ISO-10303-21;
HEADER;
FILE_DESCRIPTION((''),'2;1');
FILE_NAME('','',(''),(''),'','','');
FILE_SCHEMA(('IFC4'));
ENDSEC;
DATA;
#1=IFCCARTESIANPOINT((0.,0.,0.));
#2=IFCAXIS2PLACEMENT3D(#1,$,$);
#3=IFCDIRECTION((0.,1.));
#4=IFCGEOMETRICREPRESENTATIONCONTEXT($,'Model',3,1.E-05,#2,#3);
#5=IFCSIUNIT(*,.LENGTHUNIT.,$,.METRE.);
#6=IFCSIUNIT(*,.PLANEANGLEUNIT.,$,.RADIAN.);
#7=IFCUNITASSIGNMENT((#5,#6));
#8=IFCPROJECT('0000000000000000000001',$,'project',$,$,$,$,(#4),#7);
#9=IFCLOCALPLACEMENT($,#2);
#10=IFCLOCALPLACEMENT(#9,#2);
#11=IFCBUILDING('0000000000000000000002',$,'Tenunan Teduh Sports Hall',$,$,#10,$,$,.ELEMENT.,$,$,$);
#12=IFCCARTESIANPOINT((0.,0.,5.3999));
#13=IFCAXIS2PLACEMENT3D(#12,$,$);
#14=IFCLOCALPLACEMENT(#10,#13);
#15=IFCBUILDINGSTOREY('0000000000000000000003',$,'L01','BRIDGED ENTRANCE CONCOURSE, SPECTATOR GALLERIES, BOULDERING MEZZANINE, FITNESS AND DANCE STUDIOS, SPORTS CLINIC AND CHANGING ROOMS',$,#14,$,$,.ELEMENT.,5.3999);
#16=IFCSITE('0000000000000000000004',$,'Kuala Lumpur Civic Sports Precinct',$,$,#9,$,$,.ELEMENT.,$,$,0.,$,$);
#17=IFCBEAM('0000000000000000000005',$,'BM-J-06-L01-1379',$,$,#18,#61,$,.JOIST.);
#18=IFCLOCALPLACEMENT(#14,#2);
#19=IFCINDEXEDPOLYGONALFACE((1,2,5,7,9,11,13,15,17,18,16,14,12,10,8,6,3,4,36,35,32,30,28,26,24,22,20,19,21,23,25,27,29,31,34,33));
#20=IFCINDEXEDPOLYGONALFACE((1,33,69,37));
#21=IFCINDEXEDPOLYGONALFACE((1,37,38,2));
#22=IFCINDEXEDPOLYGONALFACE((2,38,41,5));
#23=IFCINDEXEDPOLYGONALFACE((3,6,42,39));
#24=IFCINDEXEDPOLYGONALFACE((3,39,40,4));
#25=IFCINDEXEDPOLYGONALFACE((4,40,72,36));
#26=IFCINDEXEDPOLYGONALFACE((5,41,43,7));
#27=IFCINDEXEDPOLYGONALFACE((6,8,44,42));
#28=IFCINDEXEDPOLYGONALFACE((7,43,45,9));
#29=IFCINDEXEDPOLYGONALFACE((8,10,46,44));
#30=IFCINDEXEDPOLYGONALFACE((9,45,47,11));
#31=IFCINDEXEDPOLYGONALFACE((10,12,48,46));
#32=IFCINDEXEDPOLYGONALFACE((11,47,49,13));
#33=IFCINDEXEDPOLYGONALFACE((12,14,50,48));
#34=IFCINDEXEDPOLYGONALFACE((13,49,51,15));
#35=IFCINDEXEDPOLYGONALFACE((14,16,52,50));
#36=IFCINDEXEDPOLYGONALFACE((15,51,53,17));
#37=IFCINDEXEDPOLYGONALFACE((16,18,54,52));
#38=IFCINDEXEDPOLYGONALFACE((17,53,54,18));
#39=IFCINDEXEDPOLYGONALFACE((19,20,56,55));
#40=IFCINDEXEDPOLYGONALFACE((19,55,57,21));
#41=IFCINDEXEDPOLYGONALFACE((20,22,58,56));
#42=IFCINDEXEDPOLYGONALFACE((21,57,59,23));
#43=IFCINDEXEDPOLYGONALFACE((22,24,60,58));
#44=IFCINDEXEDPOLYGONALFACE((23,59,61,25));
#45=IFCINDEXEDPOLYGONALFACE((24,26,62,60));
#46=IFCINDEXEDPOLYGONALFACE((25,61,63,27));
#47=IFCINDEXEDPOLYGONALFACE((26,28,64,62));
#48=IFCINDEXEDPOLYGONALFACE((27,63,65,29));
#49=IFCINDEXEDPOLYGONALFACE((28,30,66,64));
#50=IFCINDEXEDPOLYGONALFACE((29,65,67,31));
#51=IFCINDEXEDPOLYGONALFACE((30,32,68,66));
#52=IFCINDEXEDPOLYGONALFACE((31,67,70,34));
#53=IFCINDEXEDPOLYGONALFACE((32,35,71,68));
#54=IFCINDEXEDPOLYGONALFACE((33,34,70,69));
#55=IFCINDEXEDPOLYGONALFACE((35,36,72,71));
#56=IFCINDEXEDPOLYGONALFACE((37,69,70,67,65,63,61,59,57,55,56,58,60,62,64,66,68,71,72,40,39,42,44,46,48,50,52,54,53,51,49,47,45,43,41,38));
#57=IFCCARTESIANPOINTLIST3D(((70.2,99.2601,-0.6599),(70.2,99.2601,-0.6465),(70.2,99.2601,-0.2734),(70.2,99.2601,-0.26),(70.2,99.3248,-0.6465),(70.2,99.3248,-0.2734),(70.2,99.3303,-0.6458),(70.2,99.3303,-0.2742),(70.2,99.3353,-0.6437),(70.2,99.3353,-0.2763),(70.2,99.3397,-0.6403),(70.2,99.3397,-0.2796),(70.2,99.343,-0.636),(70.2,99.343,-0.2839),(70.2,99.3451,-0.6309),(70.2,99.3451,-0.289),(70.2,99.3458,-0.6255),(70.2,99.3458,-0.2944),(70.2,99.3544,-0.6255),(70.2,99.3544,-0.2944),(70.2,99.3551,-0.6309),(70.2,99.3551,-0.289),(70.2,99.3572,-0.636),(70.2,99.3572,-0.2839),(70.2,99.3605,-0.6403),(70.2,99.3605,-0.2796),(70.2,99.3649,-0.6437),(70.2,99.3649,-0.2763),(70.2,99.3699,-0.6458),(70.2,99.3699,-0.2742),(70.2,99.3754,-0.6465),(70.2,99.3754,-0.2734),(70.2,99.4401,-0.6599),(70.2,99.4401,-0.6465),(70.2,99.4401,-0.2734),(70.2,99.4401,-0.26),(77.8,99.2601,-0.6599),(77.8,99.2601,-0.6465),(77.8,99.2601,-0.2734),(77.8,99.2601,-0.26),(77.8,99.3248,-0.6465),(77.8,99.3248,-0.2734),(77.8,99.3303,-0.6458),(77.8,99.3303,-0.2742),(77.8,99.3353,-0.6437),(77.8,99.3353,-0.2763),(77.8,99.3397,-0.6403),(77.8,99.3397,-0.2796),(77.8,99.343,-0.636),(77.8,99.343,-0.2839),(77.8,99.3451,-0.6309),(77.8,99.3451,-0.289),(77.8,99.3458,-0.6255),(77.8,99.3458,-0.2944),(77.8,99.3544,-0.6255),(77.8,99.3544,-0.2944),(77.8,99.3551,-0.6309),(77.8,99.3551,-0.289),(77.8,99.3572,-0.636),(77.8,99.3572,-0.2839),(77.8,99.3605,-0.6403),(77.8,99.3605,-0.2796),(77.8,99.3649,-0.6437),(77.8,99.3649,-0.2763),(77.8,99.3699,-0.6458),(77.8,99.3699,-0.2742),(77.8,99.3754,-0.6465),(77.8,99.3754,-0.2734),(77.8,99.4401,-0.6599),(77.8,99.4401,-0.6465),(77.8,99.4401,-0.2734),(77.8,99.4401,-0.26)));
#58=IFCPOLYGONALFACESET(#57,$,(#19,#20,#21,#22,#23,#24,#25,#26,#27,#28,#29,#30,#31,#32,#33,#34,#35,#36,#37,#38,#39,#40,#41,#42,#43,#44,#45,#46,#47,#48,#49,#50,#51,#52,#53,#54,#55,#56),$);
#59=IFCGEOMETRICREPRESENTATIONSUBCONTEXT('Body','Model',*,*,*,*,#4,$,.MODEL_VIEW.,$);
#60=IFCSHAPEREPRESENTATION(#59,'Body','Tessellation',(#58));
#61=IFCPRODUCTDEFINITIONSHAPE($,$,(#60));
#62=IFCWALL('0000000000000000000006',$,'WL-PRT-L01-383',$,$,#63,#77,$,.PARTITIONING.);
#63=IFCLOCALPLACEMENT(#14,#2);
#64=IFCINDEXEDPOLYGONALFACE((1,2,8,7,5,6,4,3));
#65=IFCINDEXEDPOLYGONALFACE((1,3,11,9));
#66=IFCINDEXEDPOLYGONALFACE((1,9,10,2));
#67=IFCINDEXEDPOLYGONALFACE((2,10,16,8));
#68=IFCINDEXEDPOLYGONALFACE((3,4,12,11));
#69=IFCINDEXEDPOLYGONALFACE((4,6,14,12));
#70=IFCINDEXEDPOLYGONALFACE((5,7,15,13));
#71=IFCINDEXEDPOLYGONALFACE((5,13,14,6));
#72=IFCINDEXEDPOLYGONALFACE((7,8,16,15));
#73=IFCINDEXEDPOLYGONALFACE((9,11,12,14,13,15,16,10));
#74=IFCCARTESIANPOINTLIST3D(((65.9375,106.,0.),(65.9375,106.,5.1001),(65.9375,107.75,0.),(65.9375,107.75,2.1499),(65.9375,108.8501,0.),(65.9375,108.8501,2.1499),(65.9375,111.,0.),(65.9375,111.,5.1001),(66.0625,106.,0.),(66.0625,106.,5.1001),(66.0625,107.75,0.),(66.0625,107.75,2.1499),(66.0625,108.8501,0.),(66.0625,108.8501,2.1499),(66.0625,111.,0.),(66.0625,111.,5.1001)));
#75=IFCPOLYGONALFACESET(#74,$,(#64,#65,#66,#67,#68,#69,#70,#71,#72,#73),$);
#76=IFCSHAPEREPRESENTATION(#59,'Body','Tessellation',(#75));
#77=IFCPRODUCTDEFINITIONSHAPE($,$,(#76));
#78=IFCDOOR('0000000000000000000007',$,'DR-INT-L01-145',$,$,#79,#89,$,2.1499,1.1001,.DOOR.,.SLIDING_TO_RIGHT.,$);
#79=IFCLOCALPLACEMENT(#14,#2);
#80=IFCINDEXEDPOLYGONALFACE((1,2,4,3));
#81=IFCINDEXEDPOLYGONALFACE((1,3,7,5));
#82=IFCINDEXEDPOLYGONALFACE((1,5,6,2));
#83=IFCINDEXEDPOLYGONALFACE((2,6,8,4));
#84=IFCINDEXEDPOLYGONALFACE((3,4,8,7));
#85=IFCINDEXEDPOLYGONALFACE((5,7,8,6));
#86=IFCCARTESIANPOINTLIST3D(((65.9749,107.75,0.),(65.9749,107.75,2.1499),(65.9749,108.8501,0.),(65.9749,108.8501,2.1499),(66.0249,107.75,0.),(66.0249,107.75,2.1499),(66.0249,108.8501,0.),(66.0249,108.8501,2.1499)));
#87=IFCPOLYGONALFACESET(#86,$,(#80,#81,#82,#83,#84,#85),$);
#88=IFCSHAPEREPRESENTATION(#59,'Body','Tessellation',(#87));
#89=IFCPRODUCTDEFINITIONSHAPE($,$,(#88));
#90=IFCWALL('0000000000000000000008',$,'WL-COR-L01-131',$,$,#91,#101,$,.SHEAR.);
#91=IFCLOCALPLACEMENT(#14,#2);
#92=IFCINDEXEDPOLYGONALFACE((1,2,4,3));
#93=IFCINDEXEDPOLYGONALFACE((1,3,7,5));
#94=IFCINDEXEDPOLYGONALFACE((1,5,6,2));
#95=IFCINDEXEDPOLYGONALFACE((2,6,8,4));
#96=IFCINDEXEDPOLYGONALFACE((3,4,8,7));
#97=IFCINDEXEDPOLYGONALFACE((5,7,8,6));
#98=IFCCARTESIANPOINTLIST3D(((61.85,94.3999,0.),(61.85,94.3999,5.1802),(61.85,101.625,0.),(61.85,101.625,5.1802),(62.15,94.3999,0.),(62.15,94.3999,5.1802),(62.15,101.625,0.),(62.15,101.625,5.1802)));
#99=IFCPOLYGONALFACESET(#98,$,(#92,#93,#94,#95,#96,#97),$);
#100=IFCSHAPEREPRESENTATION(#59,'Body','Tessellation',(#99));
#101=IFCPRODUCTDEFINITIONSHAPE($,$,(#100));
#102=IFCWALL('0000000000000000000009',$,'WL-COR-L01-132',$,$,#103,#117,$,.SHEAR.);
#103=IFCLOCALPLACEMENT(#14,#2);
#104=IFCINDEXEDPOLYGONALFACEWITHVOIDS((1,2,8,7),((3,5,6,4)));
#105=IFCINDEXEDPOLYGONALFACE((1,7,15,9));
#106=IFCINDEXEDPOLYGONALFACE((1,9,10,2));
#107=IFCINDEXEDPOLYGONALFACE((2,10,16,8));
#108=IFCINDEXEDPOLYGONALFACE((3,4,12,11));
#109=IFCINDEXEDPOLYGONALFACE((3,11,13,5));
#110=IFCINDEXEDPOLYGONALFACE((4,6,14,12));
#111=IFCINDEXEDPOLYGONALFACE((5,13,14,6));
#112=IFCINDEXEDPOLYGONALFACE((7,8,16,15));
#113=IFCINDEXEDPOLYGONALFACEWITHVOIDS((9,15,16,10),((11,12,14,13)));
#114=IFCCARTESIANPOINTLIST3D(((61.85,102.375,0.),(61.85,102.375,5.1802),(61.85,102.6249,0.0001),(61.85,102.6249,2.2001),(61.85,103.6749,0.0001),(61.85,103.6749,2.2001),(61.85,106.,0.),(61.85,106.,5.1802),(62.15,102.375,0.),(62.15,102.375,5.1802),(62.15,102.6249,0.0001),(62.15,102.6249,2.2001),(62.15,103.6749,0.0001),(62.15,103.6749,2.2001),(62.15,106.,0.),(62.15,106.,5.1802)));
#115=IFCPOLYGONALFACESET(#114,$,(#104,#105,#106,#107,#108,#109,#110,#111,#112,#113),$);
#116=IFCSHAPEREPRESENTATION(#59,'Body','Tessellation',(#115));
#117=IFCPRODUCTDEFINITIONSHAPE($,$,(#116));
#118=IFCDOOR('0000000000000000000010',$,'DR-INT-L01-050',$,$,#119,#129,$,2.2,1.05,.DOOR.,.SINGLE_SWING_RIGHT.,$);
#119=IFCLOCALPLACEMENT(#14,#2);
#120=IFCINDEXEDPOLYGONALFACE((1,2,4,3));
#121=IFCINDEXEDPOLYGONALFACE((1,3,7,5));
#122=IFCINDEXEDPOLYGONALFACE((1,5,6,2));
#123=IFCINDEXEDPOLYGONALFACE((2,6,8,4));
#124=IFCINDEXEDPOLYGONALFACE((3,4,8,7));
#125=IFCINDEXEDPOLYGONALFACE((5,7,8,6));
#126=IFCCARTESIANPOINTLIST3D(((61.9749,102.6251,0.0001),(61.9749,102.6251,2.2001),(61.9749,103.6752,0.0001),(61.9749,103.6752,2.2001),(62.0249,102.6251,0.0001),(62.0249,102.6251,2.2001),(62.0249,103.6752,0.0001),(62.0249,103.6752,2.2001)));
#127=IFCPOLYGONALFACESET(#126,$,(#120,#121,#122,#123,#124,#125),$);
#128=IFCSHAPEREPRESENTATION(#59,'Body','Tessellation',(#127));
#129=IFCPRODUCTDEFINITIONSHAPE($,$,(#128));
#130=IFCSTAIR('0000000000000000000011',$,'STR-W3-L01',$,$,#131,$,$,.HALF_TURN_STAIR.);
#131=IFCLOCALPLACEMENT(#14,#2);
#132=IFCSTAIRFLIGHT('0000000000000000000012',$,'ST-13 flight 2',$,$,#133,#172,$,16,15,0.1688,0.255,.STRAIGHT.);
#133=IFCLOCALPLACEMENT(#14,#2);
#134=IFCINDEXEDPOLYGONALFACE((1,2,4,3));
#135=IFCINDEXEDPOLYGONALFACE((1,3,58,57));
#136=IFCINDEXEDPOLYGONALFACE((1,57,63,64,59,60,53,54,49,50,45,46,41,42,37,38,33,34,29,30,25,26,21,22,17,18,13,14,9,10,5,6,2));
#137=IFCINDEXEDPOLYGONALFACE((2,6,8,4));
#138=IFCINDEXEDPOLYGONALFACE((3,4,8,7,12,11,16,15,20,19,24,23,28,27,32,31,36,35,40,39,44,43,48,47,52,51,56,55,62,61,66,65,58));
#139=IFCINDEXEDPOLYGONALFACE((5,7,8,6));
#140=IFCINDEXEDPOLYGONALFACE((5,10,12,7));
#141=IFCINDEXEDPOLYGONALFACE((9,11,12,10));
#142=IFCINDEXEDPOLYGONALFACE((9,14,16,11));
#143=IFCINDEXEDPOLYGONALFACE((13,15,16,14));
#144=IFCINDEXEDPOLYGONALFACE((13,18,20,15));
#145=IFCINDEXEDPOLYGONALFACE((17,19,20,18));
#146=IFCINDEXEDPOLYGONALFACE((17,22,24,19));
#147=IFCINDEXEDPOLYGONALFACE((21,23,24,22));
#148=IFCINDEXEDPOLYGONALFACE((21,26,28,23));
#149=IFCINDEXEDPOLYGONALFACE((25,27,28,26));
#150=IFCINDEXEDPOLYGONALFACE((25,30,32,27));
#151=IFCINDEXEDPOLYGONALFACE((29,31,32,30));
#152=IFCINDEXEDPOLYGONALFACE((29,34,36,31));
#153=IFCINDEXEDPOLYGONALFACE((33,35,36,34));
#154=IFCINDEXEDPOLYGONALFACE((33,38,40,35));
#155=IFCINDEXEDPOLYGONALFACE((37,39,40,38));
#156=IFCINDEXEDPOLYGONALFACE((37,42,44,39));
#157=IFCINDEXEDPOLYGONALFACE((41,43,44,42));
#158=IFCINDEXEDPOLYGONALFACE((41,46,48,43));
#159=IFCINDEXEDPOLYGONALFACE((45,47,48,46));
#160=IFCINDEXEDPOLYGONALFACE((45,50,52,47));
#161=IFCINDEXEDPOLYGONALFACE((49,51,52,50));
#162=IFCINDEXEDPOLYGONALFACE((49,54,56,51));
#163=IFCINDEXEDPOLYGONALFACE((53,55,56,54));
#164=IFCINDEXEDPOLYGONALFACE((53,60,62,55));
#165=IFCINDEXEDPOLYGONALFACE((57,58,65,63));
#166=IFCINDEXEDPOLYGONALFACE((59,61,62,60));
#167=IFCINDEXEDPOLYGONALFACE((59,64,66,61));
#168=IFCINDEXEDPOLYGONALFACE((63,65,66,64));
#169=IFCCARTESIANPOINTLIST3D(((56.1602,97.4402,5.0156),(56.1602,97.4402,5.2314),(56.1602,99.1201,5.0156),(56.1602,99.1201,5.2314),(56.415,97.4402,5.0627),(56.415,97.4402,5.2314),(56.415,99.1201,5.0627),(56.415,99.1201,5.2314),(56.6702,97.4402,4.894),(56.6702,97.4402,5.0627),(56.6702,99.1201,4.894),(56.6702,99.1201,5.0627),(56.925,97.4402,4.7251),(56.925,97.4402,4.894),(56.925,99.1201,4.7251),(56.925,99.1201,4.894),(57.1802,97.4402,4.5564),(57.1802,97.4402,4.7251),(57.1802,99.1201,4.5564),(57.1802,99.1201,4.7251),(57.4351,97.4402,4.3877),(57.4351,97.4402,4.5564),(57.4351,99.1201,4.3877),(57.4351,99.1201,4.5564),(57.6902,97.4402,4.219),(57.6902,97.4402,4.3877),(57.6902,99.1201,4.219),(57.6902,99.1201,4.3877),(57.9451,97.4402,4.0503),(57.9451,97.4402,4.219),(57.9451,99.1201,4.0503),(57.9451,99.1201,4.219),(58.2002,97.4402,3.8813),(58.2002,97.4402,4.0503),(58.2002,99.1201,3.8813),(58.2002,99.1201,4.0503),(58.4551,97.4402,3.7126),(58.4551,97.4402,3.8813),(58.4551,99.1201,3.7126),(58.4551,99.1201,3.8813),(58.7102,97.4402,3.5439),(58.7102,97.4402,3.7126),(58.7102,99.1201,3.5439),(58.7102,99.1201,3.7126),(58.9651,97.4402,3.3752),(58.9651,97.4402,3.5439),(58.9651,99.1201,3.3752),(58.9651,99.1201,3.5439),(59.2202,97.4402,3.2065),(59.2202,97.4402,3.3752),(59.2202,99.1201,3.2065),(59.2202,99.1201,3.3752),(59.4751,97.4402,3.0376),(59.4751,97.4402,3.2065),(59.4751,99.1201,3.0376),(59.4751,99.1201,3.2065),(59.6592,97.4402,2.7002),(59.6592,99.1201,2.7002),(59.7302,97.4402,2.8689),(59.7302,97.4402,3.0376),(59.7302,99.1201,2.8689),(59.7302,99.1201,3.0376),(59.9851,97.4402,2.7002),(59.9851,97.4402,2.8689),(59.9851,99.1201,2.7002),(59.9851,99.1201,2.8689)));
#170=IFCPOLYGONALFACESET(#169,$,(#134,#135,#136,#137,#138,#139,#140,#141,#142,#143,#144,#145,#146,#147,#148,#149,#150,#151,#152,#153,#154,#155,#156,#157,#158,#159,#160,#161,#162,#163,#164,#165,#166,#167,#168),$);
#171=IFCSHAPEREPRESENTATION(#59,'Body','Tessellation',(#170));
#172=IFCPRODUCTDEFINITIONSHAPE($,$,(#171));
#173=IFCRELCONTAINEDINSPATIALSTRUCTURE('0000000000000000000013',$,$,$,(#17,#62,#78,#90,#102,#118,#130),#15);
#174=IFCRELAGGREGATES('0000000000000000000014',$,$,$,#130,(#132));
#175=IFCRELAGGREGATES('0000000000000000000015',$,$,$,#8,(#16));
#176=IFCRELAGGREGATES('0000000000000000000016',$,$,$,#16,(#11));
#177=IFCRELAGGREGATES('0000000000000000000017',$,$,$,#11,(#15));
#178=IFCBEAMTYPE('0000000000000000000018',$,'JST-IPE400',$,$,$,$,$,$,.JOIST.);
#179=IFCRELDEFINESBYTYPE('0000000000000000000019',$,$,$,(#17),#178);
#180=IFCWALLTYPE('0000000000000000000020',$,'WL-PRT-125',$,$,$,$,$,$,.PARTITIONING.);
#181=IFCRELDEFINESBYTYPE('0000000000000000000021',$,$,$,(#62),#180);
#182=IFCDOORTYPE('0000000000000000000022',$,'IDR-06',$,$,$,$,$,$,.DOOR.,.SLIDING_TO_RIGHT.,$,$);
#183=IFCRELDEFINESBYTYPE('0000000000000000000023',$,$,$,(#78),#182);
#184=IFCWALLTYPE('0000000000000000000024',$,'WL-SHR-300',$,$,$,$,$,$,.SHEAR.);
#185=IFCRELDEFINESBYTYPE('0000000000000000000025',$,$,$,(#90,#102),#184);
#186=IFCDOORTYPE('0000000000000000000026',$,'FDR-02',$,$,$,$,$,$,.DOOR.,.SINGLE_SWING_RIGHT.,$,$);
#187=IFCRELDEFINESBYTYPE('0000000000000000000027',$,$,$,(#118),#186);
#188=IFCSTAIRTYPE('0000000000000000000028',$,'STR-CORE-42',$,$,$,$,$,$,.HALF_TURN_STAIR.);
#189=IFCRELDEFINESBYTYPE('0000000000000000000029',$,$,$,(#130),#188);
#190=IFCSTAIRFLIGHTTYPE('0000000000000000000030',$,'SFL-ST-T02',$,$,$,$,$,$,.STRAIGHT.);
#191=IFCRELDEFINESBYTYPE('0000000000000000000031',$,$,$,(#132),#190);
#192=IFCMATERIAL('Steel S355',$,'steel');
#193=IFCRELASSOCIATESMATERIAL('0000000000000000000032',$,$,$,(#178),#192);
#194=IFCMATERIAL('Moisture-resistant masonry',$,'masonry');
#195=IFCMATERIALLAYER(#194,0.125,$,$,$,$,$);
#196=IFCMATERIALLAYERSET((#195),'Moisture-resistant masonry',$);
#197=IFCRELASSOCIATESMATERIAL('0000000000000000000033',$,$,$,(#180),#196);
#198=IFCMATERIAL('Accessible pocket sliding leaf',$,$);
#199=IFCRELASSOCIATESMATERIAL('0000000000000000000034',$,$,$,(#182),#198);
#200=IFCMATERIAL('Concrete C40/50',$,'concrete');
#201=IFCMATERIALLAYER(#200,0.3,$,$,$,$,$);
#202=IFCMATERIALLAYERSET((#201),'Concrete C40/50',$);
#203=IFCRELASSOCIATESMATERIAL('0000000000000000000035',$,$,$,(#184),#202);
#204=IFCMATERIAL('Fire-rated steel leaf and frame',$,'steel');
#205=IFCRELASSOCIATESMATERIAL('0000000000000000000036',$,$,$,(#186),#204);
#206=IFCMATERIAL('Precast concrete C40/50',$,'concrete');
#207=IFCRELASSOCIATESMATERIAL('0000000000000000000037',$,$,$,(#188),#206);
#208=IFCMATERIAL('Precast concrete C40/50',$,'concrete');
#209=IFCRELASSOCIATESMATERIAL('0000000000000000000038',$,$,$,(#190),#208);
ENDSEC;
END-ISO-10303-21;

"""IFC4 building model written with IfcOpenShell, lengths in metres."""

from ifc_helpers import new_model, si_unit, direction, frame, frame_2d, origin, origin_2d, place, context, subcontext, project, spatial, polyline, rectangle, i_section, outline, extrude, material, layer, layer_set, material_profile, profile_set, type_object, element, fill, aggregate, save


model = new_model("IFC4")

# Units and contexts
model_context = context("Model", 3, precision=1e-05, world=origin(), true_north=direction((0.0, 1.0)))
body_context = subcontext(model_context, "Body", "Model", "MODEL_VIEW")
ifc_project = project(units=[si_unit("LENGTHUNIT", "METRE"), si_unit("PLANEANGLEUNIT", "RADIAN")], contexts=[model_context])

# Site, building, storey
site_placement = place(None, origin())
site = spatial("IfcSite", under=ifc_project, at=site_placement, Name="Kuala Lumpur Civic Sports Precinct", CompositionType="ELEMENT", RefElevation=0.0)
building_placement = place(site_placement, origin())
building = spatial("IfcBuilding", under=site, at=building_placement, Name="Tenunan Teduh Sports Hall", CompositionType="ELEMENT")
storey_placement = place(building_placement, frame((0.0, 0.0, 5.3999)))
storey = spatial("IfcBuildingStorey", under=building, at=storey_placement, Name="L01", Description="BRIDGED ENTRANCE CONCOURSE, SPECTATOR GALLERIES, BOULDERING MEZZANINE, FITNESS AND DANCE STUDIOS, SPORTS CLINIC AND CHANGING ROOMS", CompositionType="ELEMENT", Elevation=5.3999)

# Beam
ifc_material_1 = material(Name="Steel S355", Category="steel")
ifc_material_profile_1 = material_profile(ifc_material_1, i_section(OverallWidth=0.1799, OverallDepth=0.3999, WebThickness=0.0085, FlangeThickness=0.0134, FilletRadius=0.021, at=origin_2d()), Name="IPE 400")
ifc_profile_set_1 = profile_set([ifc_material_profile_1], Name="Steel S355")
beam_type_1 = type_object("IfcBeamType", Name="JST-IPE400", PredefinedType="JOIST", material=ifc_profile_set_1)
beam_1_placement = place(storey_placement, frame((70.2, 99.3501, -0.46), z_axis=(1.0, 0.0, 0.0), x_axis=(0.0, 1.0, 0.0)))
element("IfcBeam", 1, at=beam_1_placement, inside=storey, type_object=beam_type_1, Name="BM-J-06-L01-1379", PredefinedType="JOIST", context=body_context, shape_type="SweptSolid", body=[
    extrude(i_section(OverallWidth=0.1799, OverallDepth=0.3999, WebThickness=0.0085, FlangeThickness=0.0134, FilletRadius=0.021, at=origin_2d()), origin(), (0.0, 0.0, 1.0), 7.6001),
])

# Wall, opening, door
ifc_material_2 = material(Name="Moisture-resistant masonry", Category="masonry")
ifc_layer_1 = layer(ifc_material_2, 0.125)
ifc_layer_set_1 = layer_set([ifc_layer_1], Name="Moisture-resistant masonry")
wall_type_1 = type_object("IfcWallType", Name="WL-PRT-125", PredefinedType="PARTITIONING", material=ifc_layer_set_1)
wall_1_placement = place(storey_placement, frame((66.0, 106.0, 0.0), z_axis=(0.0, 0.0, 1.0), x_axis=(0.0, 1.0, 0.0)))
wall_1 = element("IfcWall", 2, at=wall_1_placement, inside=storey, type_object=wall_type_1, Name="WL-PRT-L01-383", PredefinedType="PARTITIONING", context=body_context, shape_type="SweptSolid", body=[
    extrude(rectangle(XDim=5.0, YDim=0.125, at=frame_2d((2.5, 0.0))), origin(), (0.0, 0.0, 1.0), 5.1001),
])
opening_1_placement = place(wall_1_placement, frame((1.75, 0.0, 0.0)))
opening_1 = element("IfcOpeningElement", 3, at=opening_1_placement, cuts=wall_1, PredefinedType="OPENING", context=body_context, shape_type="SweptSolid", body=[
    extrude(rectangle(XDim=1.1001, YDim=2.1499, at=frame_2d((0.55, 1.075))), frame((0.0, 0.0725, 0.0), z_axis=(0.0, -1.0, 0.0), x_axis=(1.0, 0.0, 0.0)), (0.0, 0.0, 1.0), 0.145),
])
ifc_material_3 = material(Name="Accessible pocket sliding leaf")
door_type_1 = type_object("IfcDoorType", Name="IDR-06", OperationType="SLIDING_TO_RIGHT", PredefinedType="DOOR", material=ifc_material_3)
door_1_placement = place(opening_1_placement, frame((1.1001, 0.0, 0.0), z_axis=(0.0, 0.0, 1.0), x_axis=(-1.0, 0.0, 0.0)))
door_1 = element("IfcDoor", 4, at=door_1_placement, inside=storey, type_object=door_type_1, Name="DR-INT-L01-145", OperationType="SLIDING_TO_RIGHT", OverallHeight=2.1499, OverallWidth=1.1001, PredefinedType="DOOR", context=body_context, shape_type="SweptSolid", body=[
    extrude(rectangle(XDim=1.1001, YDim=2.1499, at=frame_2d((0.55, 1.075))), frame((0.0, 0.0249, 0.0), z_axis=(0.0, -1.0, 0.0), x_axis=(1.0, 0.0, 0.0)), (0.0, 0.0, 1.0), 0.05),
])
fill(opening_1, door_1)

# Wall
ifc_material_4 = material(Name="Concrete C40/50", Category="concrete")
ifc_layer_2 = layer(ifc_material_4, 0.3)
ifc_layer_set_2 = layer_set([ifc_layer_2], Name="Concrete C40/50")
wall_type_2 = type_object("IfcWallType", Name="WL-SHR-300", PredefinedType="SHEAR", material=ifc_layer_set_2)
wall_2_placement = place(storey_placement, frame((62.0, 94.3999, 0.0), z_axis=(0.0, 0.0, 1.0), x_axis=(0.0, 1.0, 0.0)))
element("IfcWall", 5, at=wall_2_placement, inside=storey, type_object=wall_type_2, Name="WL-COR-L01-131", PredefinedType="SHEAR", context=body_context, shape_type="SweptSolid", body=[
    extrude(rectangle(XDim=7.2251, YDim=0.3, at=frame_2d((3.6125, 0.0))), origin(), (0.0, 0.0, 1.0), 5.1802),
])

# Wall, opening, door
wall_3_placement = place(storey_placement, frame((62.0, 102.375, 0.0), z_axis=(0.0, 0.0, 1.0), x_axis=(0.0, 1.0, 0.0)))
wall_3 = element("IfcWall", 6, at=wall_3_placement, inside=storey, type_object=wall_type_2, Name="WL-COR-L01-132", PredefinedType="SHEAR", context=body_context, shape_type="SweptSolid", body=[
    extrude(rectangle(XDim=3.625, YDim=0.3, at=frame_2d((1.8125, 0.0))), origin(), (0.0, 0.0, 1.0), 5.1802),
])
opening_2_placement = place(wall_3_placement, frame((0.25, 0.0, 0.0)))
opening_2 = element("IfcOpeningElement", 7, at=opening_2_placement, cuts=wall_3, PredefinedType="OPENING", context=body_context, shape_type="SweptSolid", body=[
    extrude(rectangle(XDim=1.05, YDim=2.2, at=frame_2d((0.5249, 1.1001))), frame((0.0, 0.1599, 0.0), z_axis=(0.0, -1.0, 0.0), x_axis=(1.0, 0.0, 0.0)), (0.0, 0.0, 1.0), 0.3201),
])
ifc_material_5 = material(Name="Fire-rated steel leaf and frame", Category="steel")
door_type_2 = type_object("IfcDoorType", Name="FDR-02", OperationType="SINGLE_SWING_RIGHT", PredefinedType="DOOR", material=ifc_material_5)
door_2_placement = place(opening_2_placement, frame((1.05, 0.0, 0.0), z_axis=(0.0, 0.0, 1.0), x_axis=(-1.0, 0.0, 0.0)))
door_2 = element("IfcDoor", 8, at=door_2_placement, inside=storey, type_object=door_type_2, Name="DR-INT-L01-050", OperationType="SINGLE_SWING_RIGHT", OverallHeight=2.2, OverallWidth=1.05, PredefinedType="DOOR", context=body_context, shape_type="SweptSolid", body=[
    extrude(rectangle(XDim=1.05, YDim=2.2, at=frame_2d((0.5249, 1.1001))), frame((0.0, 0.0249, 0.0), z_axis=(0.0, -1.0, 0.0), x_axis=(1.0, 0.0, 0.0)), (0.0, 0.0, 1.0), 0.05),
])
fill(opening_2, door_2)

# Stair, stair flight
ifc_material_6 = material(Name="Precast concrete C40/50", Category="concrete")
stair_type = type_object("IfcStairType", Name="STR-CORE-42", PredefinedType="HALF_TURN_STAIR", material=ifc_material_6)
stair_placement = place(storey_placement, origin())
stair = element("IfcStair", 9, at=stair_placement, inside=storey, type_object=stair_type, Name="STR-W3-L01", PredefinedType="HALF_TURN_STAIR")
ifc_material_7 = material(Name="Precast concrete C40/50", Category="concrete")
stair_flight_type = type_object("IfcStairFlightType", Name="SFL-ST-T02", PredefinedType="STRAIGHT", material=ifc_material_7)
stair_flight_placement = place(storey_placement, frame((59.9851, 98.28, 2.7002), z_axis=(0.0, 0.0, 1.0), x_axis=(-1.0, 0.0, 0.0)))
stair_flight = element("IfcStairFlight", 10, at=stair_flight_placement, type_object=stair_flight_type, Name="ST-13 flight 2", NumberOfRisers=16, NumberOfTreads=15, PredefinedType="STRAIGHT", RiserHeight=0.1688, TreadLength=0.255, context=body_context, shape_type="SweptSolid", body=[
    extrude(outline(polyline([(0.0, 0.0), (0.0, 0.1687), (0.2549, 0.1687), (0.2549, 0.3374), (0.51, 0.3374), (0.51, 0.5063), (0.7649, 0.5063), (0.7649, 0.675), (1.02, 0.675), (1.02, 0.8438), (1.2749, 0.8438), (1.2749, 1.0125), (1.53, 1.0125), (1.53, 1.1812), (1.7849, 1.1812), (1.7849, 1.3501), (2.04, 1.3501), (2.04, 1.5188), (2.2949, 1.5188), (2.2949, 1.6875), (2.55, 1.6875), (2.55, 1.8562), (2.8049, 1.8562), (2.8049, 2.0249), (3.0601, 2.0249), (3.0601, 2.1938), (3.3149, 2.1938), (3.3149, 2.3625), (3.5701, 2.3625), (3.5701, 2.5312), (3.825, 2.5312), (3.825, 2.7), (3.825, 2.3154), (0.3259, 0.0), (0.0, 0.0)])), frame((0.0, 0.8398, 0.0), z_axis=(0.0, -1.0, 0.0), x_axis=(1.0, 0.0, 0.0)), (0.0, 0.0, 1.0), 1.6799),
])
aggregate(stair, [stair_flight])

save(model, "model.ifc")
